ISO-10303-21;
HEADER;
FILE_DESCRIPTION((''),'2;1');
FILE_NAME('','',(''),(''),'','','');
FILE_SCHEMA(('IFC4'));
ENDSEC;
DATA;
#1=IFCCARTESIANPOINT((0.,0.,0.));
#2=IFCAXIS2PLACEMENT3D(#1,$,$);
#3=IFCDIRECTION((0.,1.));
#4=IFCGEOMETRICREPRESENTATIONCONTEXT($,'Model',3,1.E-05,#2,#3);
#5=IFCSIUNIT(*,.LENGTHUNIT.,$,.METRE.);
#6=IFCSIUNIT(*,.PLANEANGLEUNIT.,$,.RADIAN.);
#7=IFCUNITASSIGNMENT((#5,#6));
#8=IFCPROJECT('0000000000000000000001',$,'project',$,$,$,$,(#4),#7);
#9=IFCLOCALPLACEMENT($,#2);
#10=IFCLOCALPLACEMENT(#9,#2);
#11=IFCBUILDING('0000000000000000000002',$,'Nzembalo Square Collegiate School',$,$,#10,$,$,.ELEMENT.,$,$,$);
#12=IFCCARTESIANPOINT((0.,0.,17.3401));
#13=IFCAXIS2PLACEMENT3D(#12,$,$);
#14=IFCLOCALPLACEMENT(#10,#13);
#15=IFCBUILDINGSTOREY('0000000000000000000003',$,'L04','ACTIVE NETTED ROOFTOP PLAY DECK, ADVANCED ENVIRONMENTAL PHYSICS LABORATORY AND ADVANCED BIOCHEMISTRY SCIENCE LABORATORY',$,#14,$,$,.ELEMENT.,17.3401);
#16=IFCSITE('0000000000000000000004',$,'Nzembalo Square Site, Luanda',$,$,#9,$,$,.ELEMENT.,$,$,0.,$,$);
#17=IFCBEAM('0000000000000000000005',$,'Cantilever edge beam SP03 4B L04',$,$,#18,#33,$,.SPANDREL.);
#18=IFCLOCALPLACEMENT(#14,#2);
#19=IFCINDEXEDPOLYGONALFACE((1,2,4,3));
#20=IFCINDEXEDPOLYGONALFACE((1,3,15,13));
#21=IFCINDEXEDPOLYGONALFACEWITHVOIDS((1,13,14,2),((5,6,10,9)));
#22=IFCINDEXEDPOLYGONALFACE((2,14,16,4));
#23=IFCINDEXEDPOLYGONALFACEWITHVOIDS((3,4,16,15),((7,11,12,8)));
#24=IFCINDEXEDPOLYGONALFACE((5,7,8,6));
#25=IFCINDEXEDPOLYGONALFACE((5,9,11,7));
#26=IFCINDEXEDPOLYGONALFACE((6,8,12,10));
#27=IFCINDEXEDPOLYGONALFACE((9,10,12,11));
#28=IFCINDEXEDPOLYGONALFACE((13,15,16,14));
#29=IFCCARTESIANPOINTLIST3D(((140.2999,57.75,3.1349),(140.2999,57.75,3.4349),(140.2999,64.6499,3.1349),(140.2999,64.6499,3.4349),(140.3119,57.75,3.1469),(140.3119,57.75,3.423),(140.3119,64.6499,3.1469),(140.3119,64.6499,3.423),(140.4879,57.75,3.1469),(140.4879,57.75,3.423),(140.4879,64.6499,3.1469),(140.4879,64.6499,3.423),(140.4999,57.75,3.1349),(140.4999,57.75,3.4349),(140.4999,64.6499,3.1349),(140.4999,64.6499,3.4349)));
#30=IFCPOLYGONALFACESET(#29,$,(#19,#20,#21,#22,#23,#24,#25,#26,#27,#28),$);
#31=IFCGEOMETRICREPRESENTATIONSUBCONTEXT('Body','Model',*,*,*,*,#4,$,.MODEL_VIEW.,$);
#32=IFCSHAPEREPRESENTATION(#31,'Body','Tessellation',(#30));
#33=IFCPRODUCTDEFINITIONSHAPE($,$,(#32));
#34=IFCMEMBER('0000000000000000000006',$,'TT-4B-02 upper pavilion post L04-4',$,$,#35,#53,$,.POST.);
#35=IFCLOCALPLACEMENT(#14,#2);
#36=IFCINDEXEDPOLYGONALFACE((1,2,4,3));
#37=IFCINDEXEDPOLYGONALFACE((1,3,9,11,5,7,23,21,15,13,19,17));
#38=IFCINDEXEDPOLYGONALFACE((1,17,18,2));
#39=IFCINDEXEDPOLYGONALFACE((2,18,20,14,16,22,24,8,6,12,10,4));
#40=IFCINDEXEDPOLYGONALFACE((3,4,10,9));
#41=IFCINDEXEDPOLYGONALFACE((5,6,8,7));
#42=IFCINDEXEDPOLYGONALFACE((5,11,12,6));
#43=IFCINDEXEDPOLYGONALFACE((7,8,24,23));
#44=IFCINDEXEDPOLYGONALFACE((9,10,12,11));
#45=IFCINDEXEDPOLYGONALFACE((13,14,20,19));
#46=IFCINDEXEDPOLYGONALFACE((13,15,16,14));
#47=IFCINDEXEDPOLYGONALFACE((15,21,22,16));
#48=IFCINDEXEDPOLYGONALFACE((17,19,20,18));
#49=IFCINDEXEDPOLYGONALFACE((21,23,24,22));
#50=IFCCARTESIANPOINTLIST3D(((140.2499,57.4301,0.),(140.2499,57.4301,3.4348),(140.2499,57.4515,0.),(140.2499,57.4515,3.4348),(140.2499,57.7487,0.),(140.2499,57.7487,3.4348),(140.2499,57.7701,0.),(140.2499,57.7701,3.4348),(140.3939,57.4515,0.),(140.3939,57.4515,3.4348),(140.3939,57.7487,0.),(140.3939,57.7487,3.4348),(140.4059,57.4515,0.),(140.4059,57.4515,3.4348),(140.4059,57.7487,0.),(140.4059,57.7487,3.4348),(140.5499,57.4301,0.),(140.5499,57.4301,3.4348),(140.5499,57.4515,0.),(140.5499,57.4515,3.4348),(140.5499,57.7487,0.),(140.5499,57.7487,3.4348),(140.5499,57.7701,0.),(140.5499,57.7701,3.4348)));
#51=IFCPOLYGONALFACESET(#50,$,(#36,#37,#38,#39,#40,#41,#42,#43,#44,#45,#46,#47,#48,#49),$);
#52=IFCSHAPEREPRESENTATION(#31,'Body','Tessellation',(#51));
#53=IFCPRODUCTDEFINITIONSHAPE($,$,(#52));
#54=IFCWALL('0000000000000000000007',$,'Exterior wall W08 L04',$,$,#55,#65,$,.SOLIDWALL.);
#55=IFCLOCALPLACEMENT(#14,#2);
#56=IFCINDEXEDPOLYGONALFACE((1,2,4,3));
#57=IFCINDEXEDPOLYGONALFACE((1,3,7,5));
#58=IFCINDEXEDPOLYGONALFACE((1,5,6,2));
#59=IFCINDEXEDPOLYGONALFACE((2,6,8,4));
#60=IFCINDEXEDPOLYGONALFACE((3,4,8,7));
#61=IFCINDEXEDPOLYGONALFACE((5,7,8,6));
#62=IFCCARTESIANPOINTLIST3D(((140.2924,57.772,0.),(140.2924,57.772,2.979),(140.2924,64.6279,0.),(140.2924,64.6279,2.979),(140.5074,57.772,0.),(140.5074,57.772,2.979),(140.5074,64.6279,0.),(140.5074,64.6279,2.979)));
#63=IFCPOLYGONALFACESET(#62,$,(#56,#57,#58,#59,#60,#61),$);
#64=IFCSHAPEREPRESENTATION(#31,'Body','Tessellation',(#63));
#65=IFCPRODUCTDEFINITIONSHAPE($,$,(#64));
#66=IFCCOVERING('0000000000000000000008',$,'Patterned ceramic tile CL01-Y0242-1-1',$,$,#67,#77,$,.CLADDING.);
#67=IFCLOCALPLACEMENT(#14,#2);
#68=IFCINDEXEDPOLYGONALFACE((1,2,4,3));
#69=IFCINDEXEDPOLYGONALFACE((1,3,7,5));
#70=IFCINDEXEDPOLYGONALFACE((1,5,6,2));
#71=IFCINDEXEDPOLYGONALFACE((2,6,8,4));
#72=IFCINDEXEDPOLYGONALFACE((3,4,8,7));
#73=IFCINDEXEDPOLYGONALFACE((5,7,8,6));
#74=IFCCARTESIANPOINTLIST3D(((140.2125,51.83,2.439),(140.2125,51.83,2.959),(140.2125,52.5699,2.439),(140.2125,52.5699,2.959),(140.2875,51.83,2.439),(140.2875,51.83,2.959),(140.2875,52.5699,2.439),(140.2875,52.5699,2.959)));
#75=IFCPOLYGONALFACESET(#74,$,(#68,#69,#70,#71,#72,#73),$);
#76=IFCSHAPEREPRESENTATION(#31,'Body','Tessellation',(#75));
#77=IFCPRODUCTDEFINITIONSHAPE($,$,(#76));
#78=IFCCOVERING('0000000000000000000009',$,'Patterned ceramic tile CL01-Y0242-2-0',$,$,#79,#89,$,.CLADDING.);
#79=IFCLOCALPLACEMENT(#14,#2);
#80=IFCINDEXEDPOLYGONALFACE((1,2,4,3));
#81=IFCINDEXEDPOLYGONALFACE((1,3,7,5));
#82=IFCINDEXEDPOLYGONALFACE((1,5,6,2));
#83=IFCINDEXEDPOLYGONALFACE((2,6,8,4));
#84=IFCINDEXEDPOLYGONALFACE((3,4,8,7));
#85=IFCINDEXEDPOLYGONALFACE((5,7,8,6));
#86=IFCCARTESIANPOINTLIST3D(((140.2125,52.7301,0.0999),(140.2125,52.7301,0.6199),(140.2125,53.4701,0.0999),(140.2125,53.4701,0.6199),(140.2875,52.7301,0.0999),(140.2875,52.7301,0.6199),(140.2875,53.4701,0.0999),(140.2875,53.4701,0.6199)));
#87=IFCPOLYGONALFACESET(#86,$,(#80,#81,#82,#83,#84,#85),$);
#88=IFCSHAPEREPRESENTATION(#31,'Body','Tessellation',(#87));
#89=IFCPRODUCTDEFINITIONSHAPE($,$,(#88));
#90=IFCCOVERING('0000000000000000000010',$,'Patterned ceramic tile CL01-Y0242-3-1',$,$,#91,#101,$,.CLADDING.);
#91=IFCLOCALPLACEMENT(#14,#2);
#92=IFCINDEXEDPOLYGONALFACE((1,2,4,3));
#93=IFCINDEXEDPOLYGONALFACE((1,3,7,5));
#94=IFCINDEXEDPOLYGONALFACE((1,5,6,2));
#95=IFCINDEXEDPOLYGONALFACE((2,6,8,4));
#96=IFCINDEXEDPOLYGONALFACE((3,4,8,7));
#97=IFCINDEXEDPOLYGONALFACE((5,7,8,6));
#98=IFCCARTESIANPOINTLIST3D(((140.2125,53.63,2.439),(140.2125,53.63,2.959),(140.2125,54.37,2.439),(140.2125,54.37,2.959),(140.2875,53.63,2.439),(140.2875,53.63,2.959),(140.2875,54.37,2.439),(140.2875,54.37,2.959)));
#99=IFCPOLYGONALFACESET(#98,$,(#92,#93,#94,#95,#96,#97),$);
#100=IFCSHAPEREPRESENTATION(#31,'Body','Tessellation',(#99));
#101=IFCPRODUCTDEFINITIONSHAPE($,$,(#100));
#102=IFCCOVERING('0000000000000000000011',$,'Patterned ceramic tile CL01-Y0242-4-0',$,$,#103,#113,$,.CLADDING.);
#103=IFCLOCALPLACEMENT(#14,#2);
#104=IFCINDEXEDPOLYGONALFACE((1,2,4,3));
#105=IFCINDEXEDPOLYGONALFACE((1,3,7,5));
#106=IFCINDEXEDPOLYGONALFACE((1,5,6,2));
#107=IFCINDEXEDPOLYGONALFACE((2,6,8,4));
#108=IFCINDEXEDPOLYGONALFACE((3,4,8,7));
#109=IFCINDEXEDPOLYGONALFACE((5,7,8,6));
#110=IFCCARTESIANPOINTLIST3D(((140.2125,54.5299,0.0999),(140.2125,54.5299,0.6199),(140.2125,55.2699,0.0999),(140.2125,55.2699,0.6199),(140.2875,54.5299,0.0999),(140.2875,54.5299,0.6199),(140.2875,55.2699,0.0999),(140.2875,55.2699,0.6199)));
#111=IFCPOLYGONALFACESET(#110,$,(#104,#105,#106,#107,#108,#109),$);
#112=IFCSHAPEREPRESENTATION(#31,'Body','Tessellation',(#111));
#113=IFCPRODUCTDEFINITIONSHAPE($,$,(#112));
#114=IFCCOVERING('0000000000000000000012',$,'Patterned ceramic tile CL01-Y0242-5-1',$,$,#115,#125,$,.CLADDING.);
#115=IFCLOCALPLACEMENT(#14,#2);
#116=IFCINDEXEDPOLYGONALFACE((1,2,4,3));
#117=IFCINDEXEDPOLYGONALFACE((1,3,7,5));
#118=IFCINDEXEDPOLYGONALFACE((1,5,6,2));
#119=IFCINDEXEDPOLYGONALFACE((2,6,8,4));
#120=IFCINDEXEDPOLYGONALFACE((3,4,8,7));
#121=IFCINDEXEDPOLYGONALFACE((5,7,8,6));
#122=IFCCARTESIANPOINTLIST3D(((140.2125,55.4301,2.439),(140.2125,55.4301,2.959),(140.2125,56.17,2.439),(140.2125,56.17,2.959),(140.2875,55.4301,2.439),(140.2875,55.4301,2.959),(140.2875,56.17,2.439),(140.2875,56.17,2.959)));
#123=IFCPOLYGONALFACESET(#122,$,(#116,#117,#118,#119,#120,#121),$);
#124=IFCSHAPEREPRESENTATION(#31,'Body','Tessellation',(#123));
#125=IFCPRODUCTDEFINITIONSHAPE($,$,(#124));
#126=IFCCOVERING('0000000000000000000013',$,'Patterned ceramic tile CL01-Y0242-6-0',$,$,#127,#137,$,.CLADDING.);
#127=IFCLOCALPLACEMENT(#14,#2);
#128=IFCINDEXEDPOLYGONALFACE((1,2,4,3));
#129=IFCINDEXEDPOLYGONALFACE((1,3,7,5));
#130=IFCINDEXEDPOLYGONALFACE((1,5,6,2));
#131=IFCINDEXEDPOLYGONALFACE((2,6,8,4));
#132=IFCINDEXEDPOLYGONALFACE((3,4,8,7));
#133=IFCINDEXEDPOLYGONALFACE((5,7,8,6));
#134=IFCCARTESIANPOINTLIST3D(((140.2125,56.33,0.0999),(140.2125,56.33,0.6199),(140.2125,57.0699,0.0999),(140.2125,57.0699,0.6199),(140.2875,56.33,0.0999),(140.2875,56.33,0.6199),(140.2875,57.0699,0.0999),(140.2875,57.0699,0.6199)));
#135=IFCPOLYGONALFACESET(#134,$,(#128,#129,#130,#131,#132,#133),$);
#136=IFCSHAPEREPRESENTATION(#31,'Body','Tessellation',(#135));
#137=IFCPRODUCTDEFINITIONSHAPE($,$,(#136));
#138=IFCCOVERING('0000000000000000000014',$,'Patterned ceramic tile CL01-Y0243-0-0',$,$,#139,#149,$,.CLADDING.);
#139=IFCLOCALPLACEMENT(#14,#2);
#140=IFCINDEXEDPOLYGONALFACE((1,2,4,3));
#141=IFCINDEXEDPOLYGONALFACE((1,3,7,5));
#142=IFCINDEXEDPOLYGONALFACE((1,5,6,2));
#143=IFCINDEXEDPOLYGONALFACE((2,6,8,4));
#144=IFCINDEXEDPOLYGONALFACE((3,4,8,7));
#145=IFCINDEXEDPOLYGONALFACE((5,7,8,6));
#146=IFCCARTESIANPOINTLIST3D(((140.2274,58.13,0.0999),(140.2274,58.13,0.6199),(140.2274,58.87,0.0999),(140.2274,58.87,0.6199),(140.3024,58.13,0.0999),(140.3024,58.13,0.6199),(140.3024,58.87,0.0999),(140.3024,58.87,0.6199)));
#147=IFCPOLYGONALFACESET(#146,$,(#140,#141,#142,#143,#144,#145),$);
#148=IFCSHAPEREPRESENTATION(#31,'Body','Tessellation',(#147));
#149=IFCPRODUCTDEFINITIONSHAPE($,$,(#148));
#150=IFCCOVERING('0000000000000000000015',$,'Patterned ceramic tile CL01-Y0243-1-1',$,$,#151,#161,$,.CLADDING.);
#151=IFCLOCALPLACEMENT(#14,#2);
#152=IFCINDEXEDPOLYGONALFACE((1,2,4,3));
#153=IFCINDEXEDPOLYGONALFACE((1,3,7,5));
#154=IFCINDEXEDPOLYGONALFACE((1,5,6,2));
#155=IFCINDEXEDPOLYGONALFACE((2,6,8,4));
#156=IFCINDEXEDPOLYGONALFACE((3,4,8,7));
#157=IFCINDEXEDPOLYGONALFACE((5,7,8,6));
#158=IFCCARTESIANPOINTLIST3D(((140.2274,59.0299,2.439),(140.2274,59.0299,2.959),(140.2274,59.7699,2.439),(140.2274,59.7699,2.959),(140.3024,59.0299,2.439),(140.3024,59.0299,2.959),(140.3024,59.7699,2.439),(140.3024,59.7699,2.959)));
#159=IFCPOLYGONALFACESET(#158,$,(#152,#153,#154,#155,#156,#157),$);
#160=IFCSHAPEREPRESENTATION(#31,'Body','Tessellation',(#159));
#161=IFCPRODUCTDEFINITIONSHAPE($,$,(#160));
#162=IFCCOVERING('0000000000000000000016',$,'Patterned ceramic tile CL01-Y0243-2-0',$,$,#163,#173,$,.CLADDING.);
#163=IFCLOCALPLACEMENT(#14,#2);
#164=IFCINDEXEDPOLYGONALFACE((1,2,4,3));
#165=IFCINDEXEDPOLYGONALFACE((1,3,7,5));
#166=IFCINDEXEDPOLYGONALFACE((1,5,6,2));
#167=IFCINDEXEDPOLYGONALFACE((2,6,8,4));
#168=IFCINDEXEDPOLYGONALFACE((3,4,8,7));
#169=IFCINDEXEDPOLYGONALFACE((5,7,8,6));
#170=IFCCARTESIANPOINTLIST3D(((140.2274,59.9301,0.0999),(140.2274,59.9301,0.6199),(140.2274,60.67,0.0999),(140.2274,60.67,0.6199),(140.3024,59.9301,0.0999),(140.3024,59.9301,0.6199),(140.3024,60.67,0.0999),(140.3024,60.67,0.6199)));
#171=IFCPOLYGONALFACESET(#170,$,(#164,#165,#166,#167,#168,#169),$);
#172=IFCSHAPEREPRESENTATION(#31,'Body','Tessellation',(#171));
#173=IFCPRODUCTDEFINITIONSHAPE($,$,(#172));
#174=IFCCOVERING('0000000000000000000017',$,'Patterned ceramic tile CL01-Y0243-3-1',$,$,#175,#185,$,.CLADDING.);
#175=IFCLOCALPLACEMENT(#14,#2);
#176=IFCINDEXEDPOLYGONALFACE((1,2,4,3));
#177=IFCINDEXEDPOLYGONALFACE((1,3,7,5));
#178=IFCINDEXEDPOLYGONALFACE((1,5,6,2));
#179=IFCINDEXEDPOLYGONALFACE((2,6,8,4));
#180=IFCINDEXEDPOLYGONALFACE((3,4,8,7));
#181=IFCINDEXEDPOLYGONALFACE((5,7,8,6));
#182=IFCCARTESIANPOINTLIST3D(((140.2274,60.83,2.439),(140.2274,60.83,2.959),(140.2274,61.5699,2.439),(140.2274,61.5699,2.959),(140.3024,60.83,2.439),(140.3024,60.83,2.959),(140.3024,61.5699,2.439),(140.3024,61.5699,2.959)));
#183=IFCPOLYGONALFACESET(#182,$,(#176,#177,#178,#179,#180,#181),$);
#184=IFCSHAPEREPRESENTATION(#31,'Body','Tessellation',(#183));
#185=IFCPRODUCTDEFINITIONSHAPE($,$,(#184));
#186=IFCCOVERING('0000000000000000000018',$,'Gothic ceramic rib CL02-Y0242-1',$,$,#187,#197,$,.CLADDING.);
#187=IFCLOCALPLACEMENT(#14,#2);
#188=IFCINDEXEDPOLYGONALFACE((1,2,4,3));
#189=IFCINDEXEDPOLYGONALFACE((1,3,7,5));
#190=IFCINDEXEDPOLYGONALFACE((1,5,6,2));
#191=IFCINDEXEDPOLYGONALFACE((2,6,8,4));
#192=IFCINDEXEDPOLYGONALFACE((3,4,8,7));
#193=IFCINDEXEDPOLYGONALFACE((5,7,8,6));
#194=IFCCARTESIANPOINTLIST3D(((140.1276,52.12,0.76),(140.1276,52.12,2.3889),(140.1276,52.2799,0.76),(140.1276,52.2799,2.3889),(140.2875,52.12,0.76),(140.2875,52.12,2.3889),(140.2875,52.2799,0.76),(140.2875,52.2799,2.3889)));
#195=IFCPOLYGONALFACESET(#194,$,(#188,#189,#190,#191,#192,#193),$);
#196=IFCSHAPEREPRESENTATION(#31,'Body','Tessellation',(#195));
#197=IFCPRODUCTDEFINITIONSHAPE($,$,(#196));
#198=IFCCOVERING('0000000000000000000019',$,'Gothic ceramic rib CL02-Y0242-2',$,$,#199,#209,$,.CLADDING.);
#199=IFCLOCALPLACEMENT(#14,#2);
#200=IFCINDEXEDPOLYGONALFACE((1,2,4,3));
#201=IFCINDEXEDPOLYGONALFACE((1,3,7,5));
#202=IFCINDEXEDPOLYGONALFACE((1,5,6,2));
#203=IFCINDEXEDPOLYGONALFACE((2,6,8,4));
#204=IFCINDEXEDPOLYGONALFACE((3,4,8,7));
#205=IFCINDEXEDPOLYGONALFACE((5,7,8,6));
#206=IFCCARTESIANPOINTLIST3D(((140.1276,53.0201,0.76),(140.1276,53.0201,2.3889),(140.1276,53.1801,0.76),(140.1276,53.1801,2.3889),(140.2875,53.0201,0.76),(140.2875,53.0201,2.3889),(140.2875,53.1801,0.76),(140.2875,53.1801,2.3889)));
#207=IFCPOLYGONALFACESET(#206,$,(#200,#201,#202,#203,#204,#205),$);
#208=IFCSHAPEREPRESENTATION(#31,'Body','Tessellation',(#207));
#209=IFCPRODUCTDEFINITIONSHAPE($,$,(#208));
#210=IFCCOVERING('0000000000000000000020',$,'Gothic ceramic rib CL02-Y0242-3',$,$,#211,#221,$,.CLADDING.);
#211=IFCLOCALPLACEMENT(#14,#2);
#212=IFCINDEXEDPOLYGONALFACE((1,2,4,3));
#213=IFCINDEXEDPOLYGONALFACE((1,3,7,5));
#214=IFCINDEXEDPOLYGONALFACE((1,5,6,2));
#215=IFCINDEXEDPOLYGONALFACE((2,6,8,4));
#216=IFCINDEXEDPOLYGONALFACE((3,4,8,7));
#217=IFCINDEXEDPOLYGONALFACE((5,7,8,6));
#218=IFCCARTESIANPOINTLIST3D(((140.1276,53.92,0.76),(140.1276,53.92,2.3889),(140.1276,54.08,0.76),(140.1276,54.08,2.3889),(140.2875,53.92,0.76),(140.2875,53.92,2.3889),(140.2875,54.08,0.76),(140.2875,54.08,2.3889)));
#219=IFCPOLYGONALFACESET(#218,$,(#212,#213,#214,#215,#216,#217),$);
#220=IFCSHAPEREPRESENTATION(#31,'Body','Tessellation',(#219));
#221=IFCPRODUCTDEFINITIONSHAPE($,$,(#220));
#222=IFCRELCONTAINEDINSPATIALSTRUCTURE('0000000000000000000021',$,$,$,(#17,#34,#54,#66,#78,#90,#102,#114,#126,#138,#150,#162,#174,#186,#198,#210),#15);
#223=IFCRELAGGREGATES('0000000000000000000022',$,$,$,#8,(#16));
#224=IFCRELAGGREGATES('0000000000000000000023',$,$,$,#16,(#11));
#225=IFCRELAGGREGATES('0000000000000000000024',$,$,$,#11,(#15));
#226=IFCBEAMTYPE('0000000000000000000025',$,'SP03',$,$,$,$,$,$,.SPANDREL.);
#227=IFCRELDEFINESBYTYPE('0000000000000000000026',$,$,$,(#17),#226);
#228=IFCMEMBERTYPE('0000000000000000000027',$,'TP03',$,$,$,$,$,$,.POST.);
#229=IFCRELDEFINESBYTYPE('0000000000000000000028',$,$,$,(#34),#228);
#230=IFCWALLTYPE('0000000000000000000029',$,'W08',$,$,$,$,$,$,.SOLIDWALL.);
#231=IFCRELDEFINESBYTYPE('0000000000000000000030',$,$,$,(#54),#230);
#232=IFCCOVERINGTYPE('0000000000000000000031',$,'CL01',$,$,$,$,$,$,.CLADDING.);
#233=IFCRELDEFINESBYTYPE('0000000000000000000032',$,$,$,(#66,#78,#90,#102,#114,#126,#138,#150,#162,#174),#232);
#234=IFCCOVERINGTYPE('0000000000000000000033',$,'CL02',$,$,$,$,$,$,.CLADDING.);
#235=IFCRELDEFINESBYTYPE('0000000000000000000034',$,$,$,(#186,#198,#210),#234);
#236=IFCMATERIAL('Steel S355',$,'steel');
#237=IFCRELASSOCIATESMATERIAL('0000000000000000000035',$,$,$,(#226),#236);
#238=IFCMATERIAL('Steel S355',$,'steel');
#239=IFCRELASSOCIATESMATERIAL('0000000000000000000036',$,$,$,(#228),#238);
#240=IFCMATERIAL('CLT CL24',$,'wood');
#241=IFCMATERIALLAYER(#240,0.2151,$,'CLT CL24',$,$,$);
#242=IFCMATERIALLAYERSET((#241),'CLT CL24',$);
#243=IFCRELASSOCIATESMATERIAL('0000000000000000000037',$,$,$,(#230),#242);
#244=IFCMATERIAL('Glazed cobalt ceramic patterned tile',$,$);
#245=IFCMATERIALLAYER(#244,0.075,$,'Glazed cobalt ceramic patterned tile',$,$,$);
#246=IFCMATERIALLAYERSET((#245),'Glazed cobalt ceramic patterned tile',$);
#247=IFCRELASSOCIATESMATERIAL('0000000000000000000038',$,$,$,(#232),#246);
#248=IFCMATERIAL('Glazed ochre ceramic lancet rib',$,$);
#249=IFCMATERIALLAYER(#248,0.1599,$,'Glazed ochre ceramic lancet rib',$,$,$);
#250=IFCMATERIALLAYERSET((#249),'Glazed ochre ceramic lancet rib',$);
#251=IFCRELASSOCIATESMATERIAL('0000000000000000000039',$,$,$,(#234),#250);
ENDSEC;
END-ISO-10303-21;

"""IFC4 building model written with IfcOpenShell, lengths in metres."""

from ifc_helpers import new_model, si_unit, direction, frame, frame_2d, origin, origin_2d, place, context, subcontext, project, spatial, rectangle, hollow_rectangle, i_section, extrude, material, layer, layer_set, material_profile, profile_set, type_object, element, save


model = new_model("IFC4")

# Units and contexts
model_context = context("Model", 3, precision=1e-05, world=origin(), true_north=direction((0.0, 1.0)))
body_context = subcontext(model_context, "Body", "Model", "MODEL_VIEW")
ifc_project = project(units=[si_unit("LENGTHUNIT", "METRE"), si_unit("PLANEANGLEUNIT", "RADIAN")], contexts=[model_context])

# Site, building, storey
site_placement = place(None, origin())
site = spatial("IfcSite", under=ifc_project, at=site_placement, Name="Nzembalo Square Site, Luanda", CompositionType="ELEMENT", RefElevation=0.0)
building_placement = place(site_placement, origin())
building = spatial("IfcBuilding", under=site, at=building_placement, Name="Nzembalo Square Collegiate School", CompositionType="ELEMENT")
storey_placement = place(building_placement, frame((0.0, 0.0, 17.3401)))
storey = spatial("IfcBuildingStorey", under=building, at=storey_placement, Name="L04", Description="ACTIVE NETTED ROOFTOP PLAY DECK, ADVANCED ENVIRONMENTAL PHYSICS LABORATORY AND ADVANCED BIOCHEMISTRY SCIENCE LABORATORY", CompositionType="ELEMENT", Elevation=17.3401)

# Beam
ifc_material_1 = material(Name="Steel S355", Category="steel")
ifc_material_profile_1 = material_profile(ifc_material_1, hollow_rectangle(XDim=0.2, YDim=0.3, WallThickness=0.012, at=origin_2d()), Name="RHS 300x200x12")
ifc_profile_set_1 = profile_set([ifc_material_profile_1], Name="Steel S355")
beam_type = type_object("IfcBeamType", Name="SP03", PredefinedType="SPANDREL", material=ifc_profile_set_1)
beam_placement = place(storey_placement, frame((140.3999, 57.75, 3.2849), z_axis=(0.0, 1.0, 0.0), x_axis=(-1.0, 0.0, 0.0)))
element("IfcBeam", 1, at=beam_placement, inside=storey, type_object=beam_type, Name="Cantilever edge beam SP03 4B L04", PredefinedType="SPANDREL", context=body_context, shape_type="SweptSolid", body=[
    extrude(hollow_rectangle(XDim=0.2, YDim=0.3, WallThickness=0.012, at=origin_2d()), origin(), (0.0, 0.0, 1.0), 6.8999),
])

# Member
ifc_material_2 = material(Name="Steel S355", Category="steel")
ifc_material_profile_2 = material_profile(ifc_material_2, i_section(OverallWidth=0.3, OverallDepth=0.3401, WebThickness=0.012, FlangeThickness=0.0215, at=origin_2d()), Name="HEB 340")
ifc_profile_set_2 = profile_set([ifc_material_profile_2], Name="Steel S355")
member_type = type_object("IfcMemberType", Name="TP03", PredefinedType="POST", material=ifc_profile_set_2)
member_placement = place(storey_placement, frame((140.3999, 57.6001, 0.0), z_axis=(0.0, 0.0, 1.0), x_axis=(1.0, 0.0, 0.0)))
element("IfcMember", 2, at=member_placement, inside=storey, type_object=member_type, Name="TT-4B-02 upper pavilion post L04-4", PredefinedType="POST", context=body_context, shape_type="SweptSolid", body=[
    extrude(i_section(OverallWidth=0.3, OverallDepth=0.3401, WebThickness=0.012, FlangeThickness=0.0215, at=origin_2d()), origin(), (0.0, 0.0, 1.0), 3.4348),
])

# Wall
ifc_material_3 = material(Name="CLT CL24", Category="wood")
ifc_layer_1 = layer(ifc_material_3, 0.2151, Name="CLT CL24")
ifc_layer_set_1 = layer_set([ifc_layer_1], Name="CLT CL24")
wall_type = type_object("IfcWallType", Name="W08", PredefinedType="SOLIDWALL", material=ifc_layer_set_1)
wall_placement = place(storey_placement, frame((140.3999, 57.772, 0.0), z_axis=(0.0, 0.0, 1.0), x_axis=(0.0, 1.0, 0.0)))
element("IfcWall", 3, at=wall_placement, inside=storey, type_object=wall_type, Name="Exterior wall W08 L04", PredefinedType="SOLIDWALL", context=body_context, shape_type="SweptSolid", body=[
    extrude(rectangle(XDim=6.856, YDim=0.2151, at=frame_2d((3.428, 0.0))), origin(), (0.0, 0.0, 1.0), 2.979),
])

# Coverings
ifc_material_4 = material(Name="Glazed cobalt ceramic patterned tile")
ifc_layer_2 = layer(ifc_material_4, 0.075, Name="Glazed cobalt ceramic patterned tile")
ifc_layer_set_2 = layer_set([ifc_layer_2], Name="Glazed cobalt ceramic patterned tile")
covering_type_1 = type_object("IfcCoveringType", Name="CL01", PredefinedType="CLADDING", material=ifc_layer_set_2)
for number, where, z_axis, x_axis, name in (
    (4, (140.25, 52.2, 2.439), (0.0, 0.0, 1.0), (1.0, 0.0, 0.0), "Patterned ceramic tile CL01-Y0242-1-1"),
    (5, (140.25, 53.1001, 0.0999), (0.0, 0.0, 1.0), (1.0, 0.0, 0.0), "Patterned ceramic tile CL01-Y0242-2-0"),
    (6, (140.25, 54.0, 2.439), (0.0, 0.0, 1.0), (1.0, 0.0, 0.0), "Patterned ceramic tile CL01-Y0242-3-1"),
    (7, (140.25, 54.8999, 0.0999), (0.0, 0.0, 1.0), (1.0, 0.0, 0.0), "Patterned ceramic tile CL01-Y0242-4-0"),
    (8, (140.25, 55.8, 2.439), (0.0, 0.0, 1.0), (1.0, 0.0, 0.0), "Patterned ceramic tile CL01-Y0242-5-1"),
    (9, (140.25, 56.7, 0.0999), (0.0, 0.0, 1.0), (1.0, 0.0, 0.0), "Patterned ceramic tile CL01-Y0242-6-0"),
    (10, (140.2649, 58.5, 0.0999), (0.0, 0.0, 1.0), (1.0, 0.0, 0.0), "Patterned ceramic tile CL01-Y0243-0-0"),
    (11, (140.2649, 59.3999, 2.439), (0.0, 0.0, 1.0), (1.0, 0.0, 0.0), "Patterned ceramic tile CL01-Y0243-1-1"),
    (12, (140.2649, 60.3, 0.0999), (0.0, 0.0, 1.0), (1.0, 0.0, 0.0), "Patterned ceramic tile CL01-Y0243-2-0"),
    (13, (140.2649, 61.2, 2.439), (0.0, 0.0, 1.0), (1.0, 0.0, 0.0), "Patterned ceramic tile CL01-Y0243-3-1"),
):
    element("IfcCovering", number, at=place(storey_placement, frame(where, z_axis=z_axis, x_axis=x_axis)), inside=storey, type_object=covering_type_1, Name=name, PredefinedType="CLADDING", context=body_context, shape_type="SweptSolid", body=[
        extrude(rectangle(XDim=0.075, YDim=0.74, at=origin_2d()), origin(), (0.0, 0.0, 1.0), 0.52),
    ])
ifc_material_5 = material(Name="Glazed ochre ceramic lancet rib")
ifc_layer_3 = layer(ifc_material_5, 0.1599, Name="Glazed ochre ceramic lancet rib")
ifc_layer_set_3 = layer_set([ifc_layer_3], Name="Glazed ochre ceramic lancet rib")
covering_type_2 = type_object("IfcCoveringType", Name="CL02", PredefinedType="CLADDING", material=ifc_layer_set_3)
for number, where, z_axis, x_axis, name in (
    (14, (140.2075, 52.2, 0.76), (0.0, 0.0, 1.0), (1.0, 0.0, 0.0), "Gothic ceramic rib CL02-Y0242-1"),
    (15, (140.2075, 53.1001, 0.76), (0.0, 0.0, 1.0), (1.0, 0.0, 0.0), "Gothic ceramic rib CL02-Y0242-2"),
    (16, (140.2075, 54.0, 0.76), (0.0, 0.0, 1.0), (1.0, 0.0, 0.0), "Gothic ceramic rib CL02-Y0242-3"),
):
    element("IfcCovering", number, at=place(storey_placement, frame(where, z_axis=z_axis, x_axis=x_axis)), inside=storey, type_object=covering_type_2, Name=name, PredefinedType="CLADDING", context=body_context, shape_type="SweptSolid", body=[
        extrude(rectangle(XDim=0.1599, YDim=0.1599, at=origin_2d()), origin(), (0.0, 0.0, 1.0), 1.6289),
    ])

save(model, "model.ifc")
